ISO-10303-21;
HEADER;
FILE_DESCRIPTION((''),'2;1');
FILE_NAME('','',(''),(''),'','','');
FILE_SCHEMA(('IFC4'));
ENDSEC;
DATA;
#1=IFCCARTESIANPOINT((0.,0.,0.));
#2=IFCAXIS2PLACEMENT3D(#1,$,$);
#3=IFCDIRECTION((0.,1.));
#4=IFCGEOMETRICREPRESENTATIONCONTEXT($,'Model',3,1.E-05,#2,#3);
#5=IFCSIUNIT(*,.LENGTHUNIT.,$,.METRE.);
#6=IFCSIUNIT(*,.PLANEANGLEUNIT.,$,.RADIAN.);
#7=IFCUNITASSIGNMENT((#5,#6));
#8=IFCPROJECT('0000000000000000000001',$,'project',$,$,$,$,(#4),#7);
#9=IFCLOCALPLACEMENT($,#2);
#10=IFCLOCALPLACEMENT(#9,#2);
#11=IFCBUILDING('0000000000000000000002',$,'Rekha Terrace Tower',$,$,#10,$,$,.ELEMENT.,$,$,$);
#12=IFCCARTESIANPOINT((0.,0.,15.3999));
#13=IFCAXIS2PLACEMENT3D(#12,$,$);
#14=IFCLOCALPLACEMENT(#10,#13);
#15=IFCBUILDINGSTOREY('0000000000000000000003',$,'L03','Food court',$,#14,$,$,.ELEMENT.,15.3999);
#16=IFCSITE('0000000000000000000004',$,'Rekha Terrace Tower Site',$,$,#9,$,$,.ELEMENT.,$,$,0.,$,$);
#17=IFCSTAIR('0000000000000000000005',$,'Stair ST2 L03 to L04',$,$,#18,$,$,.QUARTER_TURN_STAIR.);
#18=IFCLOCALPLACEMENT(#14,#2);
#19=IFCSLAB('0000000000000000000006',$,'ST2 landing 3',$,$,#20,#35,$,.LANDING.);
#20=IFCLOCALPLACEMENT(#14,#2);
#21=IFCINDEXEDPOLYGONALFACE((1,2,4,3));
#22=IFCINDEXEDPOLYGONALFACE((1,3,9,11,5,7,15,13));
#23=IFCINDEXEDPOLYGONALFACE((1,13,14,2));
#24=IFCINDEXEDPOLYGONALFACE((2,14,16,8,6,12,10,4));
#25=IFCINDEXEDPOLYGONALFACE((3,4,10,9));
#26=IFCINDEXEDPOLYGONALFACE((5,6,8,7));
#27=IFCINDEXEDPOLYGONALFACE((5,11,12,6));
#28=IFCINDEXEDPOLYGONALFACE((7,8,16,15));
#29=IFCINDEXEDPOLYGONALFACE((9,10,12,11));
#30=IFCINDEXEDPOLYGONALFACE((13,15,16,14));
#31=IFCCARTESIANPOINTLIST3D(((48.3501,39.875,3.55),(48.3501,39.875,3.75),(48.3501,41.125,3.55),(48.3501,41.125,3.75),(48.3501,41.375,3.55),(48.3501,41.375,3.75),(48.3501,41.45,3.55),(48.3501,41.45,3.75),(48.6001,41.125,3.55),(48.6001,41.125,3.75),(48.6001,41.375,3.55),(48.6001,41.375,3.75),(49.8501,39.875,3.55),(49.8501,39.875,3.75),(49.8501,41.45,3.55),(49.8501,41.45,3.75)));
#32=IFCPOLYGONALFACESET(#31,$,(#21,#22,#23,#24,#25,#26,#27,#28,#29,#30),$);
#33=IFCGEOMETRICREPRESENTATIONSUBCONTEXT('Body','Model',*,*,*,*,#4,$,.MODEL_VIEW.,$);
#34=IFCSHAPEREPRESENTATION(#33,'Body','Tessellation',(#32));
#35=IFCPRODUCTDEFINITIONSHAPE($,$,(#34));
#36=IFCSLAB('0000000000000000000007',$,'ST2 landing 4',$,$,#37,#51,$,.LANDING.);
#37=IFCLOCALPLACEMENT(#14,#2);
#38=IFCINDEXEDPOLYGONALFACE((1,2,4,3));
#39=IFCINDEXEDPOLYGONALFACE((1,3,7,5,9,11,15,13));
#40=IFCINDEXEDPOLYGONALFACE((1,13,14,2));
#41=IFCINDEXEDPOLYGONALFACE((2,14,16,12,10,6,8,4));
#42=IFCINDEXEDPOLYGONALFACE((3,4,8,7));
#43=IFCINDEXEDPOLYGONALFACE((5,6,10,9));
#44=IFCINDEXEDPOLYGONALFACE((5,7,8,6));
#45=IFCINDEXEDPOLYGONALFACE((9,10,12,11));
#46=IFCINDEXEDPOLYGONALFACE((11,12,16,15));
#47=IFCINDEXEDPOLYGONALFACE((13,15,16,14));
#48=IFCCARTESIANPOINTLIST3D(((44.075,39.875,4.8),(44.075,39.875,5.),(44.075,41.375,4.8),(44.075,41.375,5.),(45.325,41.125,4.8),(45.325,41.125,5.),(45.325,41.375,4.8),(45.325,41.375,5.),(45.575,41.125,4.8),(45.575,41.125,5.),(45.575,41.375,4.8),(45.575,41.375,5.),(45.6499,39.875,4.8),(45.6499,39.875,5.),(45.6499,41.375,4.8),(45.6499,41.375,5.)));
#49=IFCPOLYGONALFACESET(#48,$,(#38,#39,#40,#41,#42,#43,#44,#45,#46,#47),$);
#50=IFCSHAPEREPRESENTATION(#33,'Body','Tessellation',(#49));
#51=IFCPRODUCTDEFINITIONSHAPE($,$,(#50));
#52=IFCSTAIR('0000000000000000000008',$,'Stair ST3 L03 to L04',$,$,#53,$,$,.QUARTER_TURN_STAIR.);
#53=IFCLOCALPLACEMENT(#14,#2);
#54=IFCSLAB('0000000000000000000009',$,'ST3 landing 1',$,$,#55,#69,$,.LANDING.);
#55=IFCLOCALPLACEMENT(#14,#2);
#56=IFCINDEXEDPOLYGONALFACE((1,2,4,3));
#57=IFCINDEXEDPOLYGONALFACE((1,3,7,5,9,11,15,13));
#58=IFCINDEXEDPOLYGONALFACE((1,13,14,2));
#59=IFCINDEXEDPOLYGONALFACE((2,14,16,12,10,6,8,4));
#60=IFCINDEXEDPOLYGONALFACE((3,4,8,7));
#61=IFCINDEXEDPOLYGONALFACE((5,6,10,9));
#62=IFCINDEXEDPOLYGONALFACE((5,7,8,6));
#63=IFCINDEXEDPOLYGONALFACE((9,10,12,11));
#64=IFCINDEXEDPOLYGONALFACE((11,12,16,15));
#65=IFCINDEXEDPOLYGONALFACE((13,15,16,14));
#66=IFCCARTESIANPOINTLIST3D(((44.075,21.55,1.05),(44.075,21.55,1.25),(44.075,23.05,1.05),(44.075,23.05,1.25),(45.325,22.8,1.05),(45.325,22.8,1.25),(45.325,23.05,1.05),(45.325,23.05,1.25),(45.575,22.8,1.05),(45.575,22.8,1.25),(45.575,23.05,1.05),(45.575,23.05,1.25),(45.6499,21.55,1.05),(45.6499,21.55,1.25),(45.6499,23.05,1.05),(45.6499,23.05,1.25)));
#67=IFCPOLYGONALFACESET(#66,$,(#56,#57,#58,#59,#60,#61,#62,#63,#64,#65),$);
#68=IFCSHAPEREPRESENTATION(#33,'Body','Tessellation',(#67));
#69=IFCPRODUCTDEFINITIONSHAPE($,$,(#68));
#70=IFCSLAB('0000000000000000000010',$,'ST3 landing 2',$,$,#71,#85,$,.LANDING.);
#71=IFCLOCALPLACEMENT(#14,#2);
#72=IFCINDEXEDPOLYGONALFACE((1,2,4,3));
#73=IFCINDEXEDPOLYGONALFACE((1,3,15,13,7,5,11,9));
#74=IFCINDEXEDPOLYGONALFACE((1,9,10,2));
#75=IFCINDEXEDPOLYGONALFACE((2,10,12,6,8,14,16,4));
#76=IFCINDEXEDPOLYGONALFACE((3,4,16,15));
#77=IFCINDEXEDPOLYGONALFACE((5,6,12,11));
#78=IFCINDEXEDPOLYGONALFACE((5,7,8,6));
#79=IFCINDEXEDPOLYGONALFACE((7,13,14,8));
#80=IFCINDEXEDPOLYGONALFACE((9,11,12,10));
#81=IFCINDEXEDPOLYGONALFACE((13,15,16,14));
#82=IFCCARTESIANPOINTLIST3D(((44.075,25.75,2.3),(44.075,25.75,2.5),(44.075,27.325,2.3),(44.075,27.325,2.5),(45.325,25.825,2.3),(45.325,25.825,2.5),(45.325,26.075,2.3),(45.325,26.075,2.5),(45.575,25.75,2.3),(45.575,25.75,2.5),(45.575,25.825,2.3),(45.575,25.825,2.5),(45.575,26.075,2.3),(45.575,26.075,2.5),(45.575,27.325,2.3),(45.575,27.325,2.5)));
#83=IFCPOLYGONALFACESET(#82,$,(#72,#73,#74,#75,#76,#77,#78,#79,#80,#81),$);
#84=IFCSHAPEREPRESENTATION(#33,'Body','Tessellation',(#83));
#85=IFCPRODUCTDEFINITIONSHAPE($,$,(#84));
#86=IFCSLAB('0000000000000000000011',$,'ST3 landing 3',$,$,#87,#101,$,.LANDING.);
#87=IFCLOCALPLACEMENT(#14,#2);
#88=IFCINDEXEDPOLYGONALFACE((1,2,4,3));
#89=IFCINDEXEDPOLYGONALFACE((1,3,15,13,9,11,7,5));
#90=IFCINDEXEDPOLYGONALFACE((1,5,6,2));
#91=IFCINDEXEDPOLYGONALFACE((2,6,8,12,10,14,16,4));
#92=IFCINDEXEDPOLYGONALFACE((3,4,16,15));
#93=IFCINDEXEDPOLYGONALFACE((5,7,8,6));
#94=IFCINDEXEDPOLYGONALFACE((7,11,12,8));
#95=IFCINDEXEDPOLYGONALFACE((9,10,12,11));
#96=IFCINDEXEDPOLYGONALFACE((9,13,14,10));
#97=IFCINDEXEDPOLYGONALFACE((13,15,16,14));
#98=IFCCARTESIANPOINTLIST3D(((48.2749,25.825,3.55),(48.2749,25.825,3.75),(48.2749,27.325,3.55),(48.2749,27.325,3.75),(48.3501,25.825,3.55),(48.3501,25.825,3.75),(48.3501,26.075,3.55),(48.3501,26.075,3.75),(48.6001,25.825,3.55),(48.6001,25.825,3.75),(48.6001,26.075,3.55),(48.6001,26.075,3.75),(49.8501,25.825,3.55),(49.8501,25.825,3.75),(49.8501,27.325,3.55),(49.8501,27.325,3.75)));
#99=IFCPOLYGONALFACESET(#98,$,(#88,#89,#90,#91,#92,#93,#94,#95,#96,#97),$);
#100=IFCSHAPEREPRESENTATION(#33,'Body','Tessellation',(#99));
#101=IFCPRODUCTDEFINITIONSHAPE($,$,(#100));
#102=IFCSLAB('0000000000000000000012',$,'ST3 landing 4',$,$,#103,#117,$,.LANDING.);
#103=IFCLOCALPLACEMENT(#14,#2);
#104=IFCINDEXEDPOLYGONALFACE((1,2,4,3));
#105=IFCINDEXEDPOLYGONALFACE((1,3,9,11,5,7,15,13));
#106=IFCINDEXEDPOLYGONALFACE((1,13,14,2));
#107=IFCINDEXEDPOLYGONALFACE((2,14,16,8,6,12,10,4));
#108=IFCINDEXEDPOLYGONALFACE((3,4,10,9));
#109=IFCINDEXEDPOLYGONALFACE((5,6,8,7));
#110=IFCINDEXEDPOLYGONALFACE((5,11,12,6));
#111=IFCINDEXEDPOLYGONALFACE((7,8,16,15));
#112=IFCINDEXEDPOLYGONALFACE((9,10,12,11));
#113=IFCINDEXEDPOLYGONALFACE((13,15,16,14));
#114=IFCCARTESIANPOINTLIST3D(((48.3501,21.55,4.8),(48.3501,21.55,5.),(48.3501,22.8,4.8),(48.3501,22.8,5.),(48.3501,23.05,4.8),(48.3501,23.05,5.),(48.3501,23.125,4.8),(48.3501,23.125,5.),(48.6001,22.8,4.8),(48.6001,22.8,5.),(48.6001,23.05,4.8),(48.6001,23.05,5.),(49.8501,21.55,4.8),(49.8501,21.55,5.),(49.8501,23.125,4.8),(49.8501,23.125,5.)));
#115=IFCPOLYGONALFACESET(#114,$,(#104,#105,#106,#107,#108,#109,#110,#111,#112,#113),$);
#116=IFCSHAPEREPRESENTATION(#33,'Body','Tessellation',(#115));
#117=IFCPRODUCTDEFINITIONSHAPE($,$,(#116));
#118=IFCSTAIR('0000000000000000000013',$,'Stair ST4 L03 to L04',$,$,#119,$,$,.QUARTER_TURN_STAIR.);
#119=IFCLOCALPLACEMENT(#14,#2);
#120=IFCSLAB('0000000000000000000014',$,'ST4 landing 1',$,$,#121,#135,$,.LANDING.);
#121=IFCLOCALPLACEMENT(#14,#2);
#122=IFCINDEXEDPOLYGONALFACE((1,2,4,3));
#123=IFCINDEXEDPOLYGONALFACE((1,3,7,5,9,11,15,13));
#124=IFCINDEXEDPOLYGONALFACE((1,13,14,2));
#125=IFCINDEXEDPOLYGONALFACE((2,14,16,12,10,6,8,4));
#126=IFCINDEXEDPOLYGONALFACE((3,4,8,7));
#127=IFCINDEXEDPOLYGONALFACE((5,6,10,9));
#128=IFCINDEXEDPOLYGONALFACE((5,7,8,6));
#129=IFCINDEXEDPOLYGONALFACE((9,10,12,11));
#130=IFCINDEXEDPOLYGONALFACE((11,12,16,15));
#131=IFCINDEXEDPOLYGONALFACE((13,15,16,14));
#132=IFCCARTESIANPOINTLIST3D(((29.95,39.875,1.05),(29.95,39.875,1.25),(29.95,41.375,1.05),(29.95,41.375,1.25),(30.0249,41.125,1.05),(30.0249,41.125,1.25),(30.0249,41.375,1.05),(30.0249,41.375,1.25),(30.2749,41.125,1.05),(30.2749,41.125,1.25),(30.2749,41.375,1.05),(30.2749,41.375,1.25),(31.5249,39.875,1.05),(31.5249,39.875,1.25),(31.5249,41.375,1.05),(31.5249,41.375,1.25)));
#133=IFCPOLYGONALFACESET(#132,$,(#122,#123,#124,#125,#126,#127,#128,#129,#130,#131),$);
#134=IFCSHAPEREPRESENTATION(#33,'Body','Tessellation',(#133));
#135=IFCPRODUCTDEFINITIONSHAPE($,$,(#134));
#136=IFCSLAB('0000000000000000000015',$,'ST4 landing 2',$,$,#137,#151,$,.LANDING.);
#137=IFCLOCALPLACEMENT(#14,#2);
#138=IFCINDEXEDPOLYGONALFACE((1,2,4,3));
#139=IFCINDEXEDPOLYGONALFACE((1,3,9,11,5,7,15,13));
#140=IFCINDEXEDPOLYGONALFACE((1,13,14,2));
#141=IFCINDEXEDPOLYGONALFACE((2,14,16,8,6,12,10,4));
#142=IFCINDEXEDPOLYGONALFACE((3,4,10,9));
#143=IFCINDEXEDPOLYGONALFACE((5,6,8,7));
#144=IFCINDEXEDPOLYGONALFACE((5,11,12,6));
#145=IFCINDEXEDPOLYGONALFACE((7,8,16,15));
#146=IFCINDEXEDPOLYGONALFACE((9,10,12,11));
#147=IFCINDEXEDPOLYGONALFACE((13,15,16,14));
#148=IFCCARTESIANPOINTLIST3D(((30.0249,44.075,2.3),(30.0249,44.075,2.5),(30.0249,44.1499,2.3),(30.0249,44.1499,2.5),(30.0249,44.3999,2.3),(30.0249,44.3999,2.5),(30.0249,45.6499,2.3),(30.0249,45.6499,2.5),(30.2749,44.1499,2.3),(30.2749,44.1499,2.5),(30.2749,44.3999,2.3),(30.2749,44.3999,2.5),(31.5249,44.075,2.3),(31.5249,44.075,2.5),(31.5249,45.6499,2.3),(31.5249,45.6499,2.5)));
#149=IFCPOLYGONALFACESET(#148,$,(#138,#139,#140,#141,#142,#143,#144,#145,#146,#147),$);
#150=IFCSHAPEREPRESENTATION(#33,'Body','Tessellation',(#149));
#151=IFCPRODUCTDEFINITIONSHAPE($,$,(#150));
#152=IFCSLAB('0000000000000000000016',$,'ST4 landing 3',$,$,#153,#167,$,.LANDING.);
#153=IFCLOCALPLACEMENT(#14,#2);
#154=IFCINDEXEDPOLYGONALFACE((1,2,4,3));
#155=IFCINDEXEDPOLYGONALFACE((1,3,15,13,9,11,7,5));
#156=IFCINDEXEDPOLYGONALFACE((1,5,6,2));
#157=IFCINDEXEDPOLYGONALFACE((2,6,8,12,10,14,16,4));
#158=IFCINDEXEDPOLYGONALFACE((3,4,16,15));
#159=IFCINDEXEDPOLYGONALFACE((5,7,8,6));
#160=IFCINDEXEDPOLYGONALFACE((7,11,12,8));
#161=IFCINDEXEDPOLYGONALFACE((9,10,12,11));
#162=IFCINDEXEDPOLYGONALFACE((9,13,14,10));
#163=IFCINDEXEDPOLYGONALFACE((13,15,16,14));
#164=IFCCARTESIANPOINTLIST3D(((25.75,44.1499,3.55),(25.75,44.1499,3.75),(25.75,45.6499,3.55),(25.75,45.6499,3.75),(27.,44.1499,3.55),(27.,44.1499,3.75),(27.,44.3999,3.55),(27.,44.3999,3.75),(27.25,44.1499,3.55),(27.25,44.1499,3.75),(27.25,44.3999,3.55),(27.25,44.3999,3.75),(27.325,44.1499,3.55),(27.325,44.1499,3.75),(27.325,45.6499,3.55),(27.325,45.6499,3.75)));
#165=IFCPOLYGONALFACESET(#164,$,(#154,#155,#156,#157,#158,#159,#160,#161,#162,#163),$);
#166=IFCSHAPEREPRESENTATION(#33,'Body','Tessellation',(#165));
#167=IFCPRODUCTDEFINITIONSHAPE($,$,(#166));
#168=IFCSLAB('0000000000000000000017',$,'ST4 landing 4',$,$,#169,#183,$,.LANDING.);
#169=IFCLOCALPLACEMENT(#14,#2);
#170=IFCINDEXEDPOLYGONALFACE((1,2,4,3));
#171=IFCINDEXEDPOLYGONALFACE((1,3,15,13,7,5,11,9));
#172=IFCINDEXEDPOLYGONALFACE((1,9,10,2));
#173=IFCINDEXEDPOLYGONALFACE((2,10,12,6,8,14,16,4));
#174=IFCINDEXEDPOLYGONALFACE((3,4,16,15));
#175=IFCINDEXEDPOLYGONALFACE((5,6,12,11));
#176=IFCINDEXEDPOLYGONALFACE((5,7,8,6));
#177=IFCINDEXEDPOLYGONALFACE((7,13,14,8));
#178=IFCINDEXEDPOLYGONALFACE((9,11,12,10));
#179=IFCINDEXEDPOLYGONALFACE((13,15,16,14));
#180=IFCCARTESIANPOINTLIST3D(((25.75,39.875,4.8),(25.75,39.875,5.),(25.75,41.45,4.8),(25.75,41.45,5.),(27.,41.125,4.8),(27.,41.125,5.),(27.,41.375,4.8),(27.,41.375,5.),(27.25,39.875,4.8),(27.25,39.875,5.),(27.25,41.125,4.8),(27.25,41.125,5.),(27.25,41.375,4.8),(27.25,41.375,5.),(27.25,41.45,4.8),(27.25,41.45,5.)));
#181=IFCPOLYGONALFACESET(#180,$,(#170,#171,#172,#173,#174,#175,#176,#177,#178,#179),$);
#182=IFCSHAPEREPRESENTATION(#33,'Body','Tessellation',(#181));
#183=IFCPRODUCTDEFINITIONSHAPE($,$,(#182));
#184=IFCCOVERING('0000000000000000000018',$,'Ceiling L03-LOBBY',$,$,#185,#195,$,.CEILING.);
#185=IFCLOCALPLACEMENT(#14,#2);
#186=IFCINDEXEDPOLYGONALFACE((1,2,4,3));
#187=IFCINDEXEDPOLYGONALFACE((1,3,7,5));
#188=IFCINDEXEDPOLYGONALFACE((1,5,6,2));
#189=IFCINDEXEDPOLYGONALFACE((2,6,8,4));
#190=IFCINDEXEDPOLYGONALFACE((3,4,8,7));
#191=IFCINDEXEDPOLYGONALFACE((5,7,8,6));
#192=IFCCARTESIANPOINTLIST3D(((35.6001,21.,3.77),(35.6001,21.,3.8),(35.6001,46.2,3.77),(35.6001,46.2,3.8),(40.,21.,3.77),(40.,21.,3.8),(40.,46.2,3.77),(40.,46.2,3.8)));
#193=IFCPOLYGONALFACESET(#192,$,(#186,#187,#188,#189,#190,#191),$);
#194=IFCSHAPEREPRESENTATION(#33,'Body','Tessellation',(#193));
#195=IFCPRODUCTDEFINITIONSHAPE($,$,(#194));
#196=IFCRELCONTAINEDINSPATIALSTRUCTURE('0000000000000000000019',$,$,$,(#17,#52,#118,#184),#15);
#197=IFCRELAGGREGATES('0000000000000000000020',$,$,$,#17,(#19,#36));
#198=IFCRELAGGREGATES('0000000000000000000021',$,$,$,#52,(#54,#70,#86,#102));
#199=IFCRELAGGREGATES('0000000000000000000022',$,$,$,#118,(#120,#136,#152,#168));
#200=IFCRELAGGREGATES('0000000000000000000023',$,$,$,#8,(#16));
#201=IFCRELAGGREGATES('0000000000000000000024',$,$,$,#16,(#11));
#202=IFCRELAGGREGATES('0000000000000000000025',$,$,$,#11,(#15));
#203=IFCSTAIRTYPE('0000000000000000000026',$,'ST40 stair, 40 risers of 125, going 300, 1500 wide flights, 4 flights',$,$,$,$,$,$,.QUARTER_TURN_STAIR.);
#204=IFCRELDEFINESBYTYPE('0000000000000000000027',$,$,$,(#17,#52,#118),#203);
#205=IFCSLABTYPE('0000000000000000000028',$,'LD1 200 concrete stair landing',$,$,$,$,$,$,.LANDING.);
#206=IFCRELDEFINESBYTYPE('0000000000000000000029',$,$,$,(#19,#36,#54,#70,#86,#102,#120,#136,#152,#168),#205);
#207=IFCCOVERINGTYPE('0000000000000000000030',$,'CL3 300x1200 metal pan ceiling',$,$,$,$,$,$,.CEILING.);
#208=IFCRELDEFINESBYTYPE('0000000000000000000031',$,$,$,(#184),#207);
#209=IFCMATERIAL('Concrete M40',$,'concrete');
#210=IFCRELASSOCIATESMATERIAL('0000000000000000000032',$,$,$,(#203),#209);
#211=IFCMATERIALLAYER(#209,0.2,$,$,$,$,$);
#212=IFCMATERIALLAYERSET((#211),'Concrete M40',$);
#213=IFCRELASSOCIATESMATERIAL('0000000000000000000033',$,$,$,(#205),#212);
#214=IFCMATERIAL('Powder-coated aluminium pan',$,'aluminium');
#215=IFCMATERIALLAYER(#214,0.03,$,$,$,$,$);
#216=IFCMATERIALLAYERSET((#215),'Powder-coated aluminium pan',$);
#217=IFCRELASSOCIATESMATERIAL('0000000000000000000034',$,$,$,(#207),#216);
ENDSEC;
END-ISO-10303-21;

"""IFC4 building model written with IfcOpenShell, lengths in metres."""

from ifc_helpers import new_model, si_unit, direction, frame, origin, place, context, subcontext, project, spatial, polyline, outline, extrude, material, layer, layer_set, type_object, element, aggregate, save


model = new_model("IFC4")

# Units and contexts
model_context = context("Model", 3, precision=1e-05, world=origin(), true_north=direction((0.0, 1.0)))
body_context = subcontext(model_context, "Body", "Model", "MODEL_VIEW")
ifc_project = project(units=[si_unit("LENGTHUNIT", "METRE"), si_unit("PLANEANGLEUNIT", "RADIAN")], contexts=[model_context])

# Site, building, storey
site_placement = place(None, origin())
site = spatial("IfcSite", under=ifc_project, at=site_placement, Name="Rekha Terrace Tower Site", CompositionType="ELEMENT", RefElevation=0.0)
building_placement = place(site_placement, origin())
building = spatial("IfcBuilding", under=site, at=building_placement, Name="Rekha Terrace Tower", CompositionType="ELEMENT")
storey_placement = place(building_placement, frame((0.0, 0.0, 15.3999)))
storey = spatial("IfcBuildingStorey", under=building, at=storey_placement, Name="L03", Description="Food court", CompositionType="ELEMENT", Elevation=15.3999)

# Stairs, slabs
ifc_material_1 = material(Name="Concrete M40", Category="concrete")
stair_type = type_object("IfcStairType", Name="ST40 stair, 40 risers of 125, going 300, 1500 wide flights, 4 flights", PredefinedType="QUARTER_TURN_STAIR", material=ifc_material_1)
stair_1_placement = place(storey_placement, origin())
stair_1 = element("IfcStair", 1, at=stair_1_placement, inside=storey, type_object=stair_type, Name="Stair ST2 L03 to L04", PredefinedType="QUARTER_TURN_STAIR")
ifc_layer_1 = layer(ifc_material_1, 0.2)
ifc_layer_set_1 = layer_set([ifc_layer_1], Name="Concrete M40")
slab_type = type_object("IfcSlabType", Name="LD1 200 concrete stair landing", PredefinedType="LANDING", material=ifc_layer_set_1)
slab_1_placement = place(storey_placement, frame((0.0, 0.0, 3.55)))
slab_1 = element("IfcSlab", 2, at=slab_1_placement, type_object=slab_type, Name="ST2 landing 3", PredefinedType="LANDING", context=body_context, shape_type="SweptSolid", body=[
    extrude(outline(polyline([(48.3501, 39.875), (49.8501, 39.875), (49.8501, 41.45), (48.3501, 41.45), (48.3501, 41.375), (48.6001, 41.375), (48.6001, 41.125), (48.3501, 41.125), (48.3501, 39.875)])), origin(), (0.0, 0.0, 1.0), 0.2),
])
slab_2_placement = place(storey_placement, frame((0.0, 0.0, 4.8)))
slab_2 = element("IfcSlab", 3, at=slab_2_placement, type_object=slab_type, Name="ST2 landing 4", PredefinedType="LANDING", context=body_context, shape_type="SweptSolid", body=[
    extrude(outline(polyline([(44.075, 41.375), (44.075, 39.875), (45.6499, 39.875), (45.6499, 41.375), (45.575, 41.375), (45.575, 41.125), (45.325, 41.125), (45.325, 41.375), (44.075, 41.375)])), origin(), (0.0, 0.0, 1.0), 0.2),
])
aggregate(stair_1, [slab_1, slab_2])
stair_2_placement = place(storey_placement, origin())
stair_2 = element("IfcStair", 4, at=stair_2_placement, inside=storey, type_object=stair_type, Name="Stair ST3 L03 to L04", PredefinedType="QUARTER_TURN_STAIR")
slab_3_placement = place(storey_placement, frame((0.0, 0.0, 1.05)))
slab_3 = element("IfcSlab", 5, at=slab_3_placement, type_object=slab_type, Name="ST3 landing 1", PredefinedType="LANDING", context=body_context, shape_type="SweptSolid", body=[
    extrude(outline(polyline([(44.075, 23.05), (44.075, 21.55), (45.6499, 21.55), (45.6499, 23.05), (45.575, 23.05), (45.575, 22.8), (45.325, 22.8), (45.325, 23.05), (44.075, 23.05)])), origin(), (0.0, 0.0, 1.0), 0.2),
])
slab_4_placement = place(storey_placement, frame((0.0, 0.0, 2.3)))
slab_4 = element("IfcSlab", 6, at=slab_4_placement, type_object=slab_type, Name="ST3 landing 2", PredefinedType="LANDING", context=body_context, shape_type="SweptSolid", body=[
    extrude(outline(polyline([(45.575, 27.325), (44.075, 27.325), (44.075, 25.75), (45.575, 25.75), (45.575, 25.825), (45.325, 25.825), (45.325, 26.075), (45.575, 26.075), (45.575, 27.325)])), origin(), (0.0, 0.0, 1.0), 0.2),
])
slab_5_placement = place(storey_placement, frame((0.0, 0.0, 3.55)))
slab_5 = element("IfcSlab", 7, at=slab_5_placement, type_object=slab_type, Name="ST3 landing 3", PredefinedType="LANDING", context=body_context, shape_type="SweptSolid", body=[
    extrude(outline(polyline([(49.8501, 25.825), (49.8501, 27.325), (48.2749, 27.325), (48.2749, 25.825), (48.3501, 25.825), (48.3501, 26.075), (48.6001, 26.075), (48.6001, 25.825), (49.8501, 25.825)])), origin(), (0.0, 0.0, 1.0), 0.2),
])
slab_6_placement = place(storey_placement, frame((0.0, 0.0, 4.8)))
slab_6 = element("IfcSlab", 8, at=slab_6_placement, type_object=slab_type, Name="ST3 landing 4", PredefinedType="LANDING", context=body_context, shape_type="SweptSolid", body=[
    extrude(outline(polyline([(48.3501, 21.55), (49.8501, 21.55), (49.8501, 23.125), (48.3501, 23.125), (48.3501, 23.05), (48.6001, 23.05), (48.6001, 22.8), (48.3501, 22.8), (48.3501, 21.55)])), origin(), (0.0, 0.0, 1.0), 0.2),
])
aggregate(stair_2, [slab_3, slab_4, slab_5, slab_6])
stair_3_placement = place(storey_placement, origin())
stair_3 = element("IfcStair", 9, at=stair_3_placement, inside=storey, type_object=stair_type, Name="Stair ST4 L03 to L04", PredefinedType="QUARTER_TURN_STAIR")
slab_7_placement = place(storey_placement, frame((0.0, 0.0, 1.05)))
slab_7 = element("IfcSlab", 10, at=slab_7_placement, type_object=slab_type, Name="ST4 landing 1", PredefinedType="LANDING", context=body_context, shape_type="SweptSolid", body=[
    extrude(outline(polyline([(31.5249, 41.375), (31.5249, 39.875), (29.95, 39.875), (29.95, 41.375), (30.0249, 41.375), (30.0249, 41.125), (30.2749, 41.125), (30.2749, 41.375), (31.5249, 41.375)])), origin(), (0.0, 0.0, 1.0), 0.2),
])
slab_8_placement = place(storey_placement, frame((0.0, 0.0, 2.3)))
slab_8 = element("IfcSlab", 11, at=slab_8_placement, type_object=slab_type, Name="ST4 landing 2", PredefinedType="LANDING", context=body_context, shape_type="SweptSolid", body=[
    extrude(outline(polyline([(30.0249, 45.6499), (31.5249, 45.6499), (31.5249, 44.075), (30.0249, 44.075), (30.0249, 44.1499), (30.2749, 44.1499), (30.2749, 44.3999), (30.0249, 44.3999), (30.0249, 45.6499)])), origin(), (0.0, 0.0, 1.0), 0.2),
])
slab_9_placement = place(storey_placement, frame((0.0, 0.0, 3.55)))
slab_9 = element("IfcSlab", 12, at=slab_9_placement, type_object=slab_type, Name="ST4 landing 3", PredefinedType="LANDING", context=body_context, shape_type="SweptSolid", body=[
    extrude(outline(polyline([(25.75, 44.1499), (25.75, 45.6499), (27.325, 45.6499), (27.325, 44.1499), (27.25, 44.1499), (27.25, 44.3999), (27.0, 44.3999), (27.0, 44.1499), (25.75, 44.1499)])), origin(), (0.0, 0.0, 1.0), 0.2),
])
slab_10_placement = place(storey_placement, frame((0.0, 0.0, 4.8)))
slab_10 = element("IfcSlab", 13, at=slab_10_placement, type_object=slab_type, Name="ST4 landing 4", PredefinedType="LANDING", context=body_context, shape_type="SweptSolid", body=[
    extrude(outline(polyline([(27.25, 39.875), (25.75, 39.875), (25.75, 41.45), (27.25, 41.45), (27.25, 41.375), (27.0, 41.375), (27.0, 41.125), (27.25, 41.125), (27.25, 39.875)])), origin(), (0.0, 0.0, 1.0), 0.2),
])
aggregate(stair_3, [slab_7, slab_8, slab_9, slab_10])

# Covering
ifc_material_2 = material(Name="Powder-coated aluminium pan", Category="aluminium")
ifc_layer_2 = layer(ifc_material_2, 0.03)
ifc_layer_set_2 = layer_set([ifc_layer_2], Name="Powder-coated aluminium pan")
covering_type = type_object("IfcCoveringType", Name="CL3 300x1200 metal pan ceiling", PredefinedType="CEILING", material=ifc_layer_set_2)
covering_placement = place(storey_placement, frame((0.0, 0.0, 3.77)))
element("IfcCovering", 14, at=covering_placement, inside=storey, type_object=covering_type, Name="Ceiling L03-LOBBY", PredefinedType="CEILING", context=body_context, shape_type="SweptSolid", body=[
    extrude(outline(polyline([(40.0, 46.2), (35.6001, 46.2), (35.6001, 21.0), (40.0, 21.0), (40.0, 46.2)])), origin(), (0.0, 0.0, 1.0), 0.03),
])

save(model, "model.ifc")
